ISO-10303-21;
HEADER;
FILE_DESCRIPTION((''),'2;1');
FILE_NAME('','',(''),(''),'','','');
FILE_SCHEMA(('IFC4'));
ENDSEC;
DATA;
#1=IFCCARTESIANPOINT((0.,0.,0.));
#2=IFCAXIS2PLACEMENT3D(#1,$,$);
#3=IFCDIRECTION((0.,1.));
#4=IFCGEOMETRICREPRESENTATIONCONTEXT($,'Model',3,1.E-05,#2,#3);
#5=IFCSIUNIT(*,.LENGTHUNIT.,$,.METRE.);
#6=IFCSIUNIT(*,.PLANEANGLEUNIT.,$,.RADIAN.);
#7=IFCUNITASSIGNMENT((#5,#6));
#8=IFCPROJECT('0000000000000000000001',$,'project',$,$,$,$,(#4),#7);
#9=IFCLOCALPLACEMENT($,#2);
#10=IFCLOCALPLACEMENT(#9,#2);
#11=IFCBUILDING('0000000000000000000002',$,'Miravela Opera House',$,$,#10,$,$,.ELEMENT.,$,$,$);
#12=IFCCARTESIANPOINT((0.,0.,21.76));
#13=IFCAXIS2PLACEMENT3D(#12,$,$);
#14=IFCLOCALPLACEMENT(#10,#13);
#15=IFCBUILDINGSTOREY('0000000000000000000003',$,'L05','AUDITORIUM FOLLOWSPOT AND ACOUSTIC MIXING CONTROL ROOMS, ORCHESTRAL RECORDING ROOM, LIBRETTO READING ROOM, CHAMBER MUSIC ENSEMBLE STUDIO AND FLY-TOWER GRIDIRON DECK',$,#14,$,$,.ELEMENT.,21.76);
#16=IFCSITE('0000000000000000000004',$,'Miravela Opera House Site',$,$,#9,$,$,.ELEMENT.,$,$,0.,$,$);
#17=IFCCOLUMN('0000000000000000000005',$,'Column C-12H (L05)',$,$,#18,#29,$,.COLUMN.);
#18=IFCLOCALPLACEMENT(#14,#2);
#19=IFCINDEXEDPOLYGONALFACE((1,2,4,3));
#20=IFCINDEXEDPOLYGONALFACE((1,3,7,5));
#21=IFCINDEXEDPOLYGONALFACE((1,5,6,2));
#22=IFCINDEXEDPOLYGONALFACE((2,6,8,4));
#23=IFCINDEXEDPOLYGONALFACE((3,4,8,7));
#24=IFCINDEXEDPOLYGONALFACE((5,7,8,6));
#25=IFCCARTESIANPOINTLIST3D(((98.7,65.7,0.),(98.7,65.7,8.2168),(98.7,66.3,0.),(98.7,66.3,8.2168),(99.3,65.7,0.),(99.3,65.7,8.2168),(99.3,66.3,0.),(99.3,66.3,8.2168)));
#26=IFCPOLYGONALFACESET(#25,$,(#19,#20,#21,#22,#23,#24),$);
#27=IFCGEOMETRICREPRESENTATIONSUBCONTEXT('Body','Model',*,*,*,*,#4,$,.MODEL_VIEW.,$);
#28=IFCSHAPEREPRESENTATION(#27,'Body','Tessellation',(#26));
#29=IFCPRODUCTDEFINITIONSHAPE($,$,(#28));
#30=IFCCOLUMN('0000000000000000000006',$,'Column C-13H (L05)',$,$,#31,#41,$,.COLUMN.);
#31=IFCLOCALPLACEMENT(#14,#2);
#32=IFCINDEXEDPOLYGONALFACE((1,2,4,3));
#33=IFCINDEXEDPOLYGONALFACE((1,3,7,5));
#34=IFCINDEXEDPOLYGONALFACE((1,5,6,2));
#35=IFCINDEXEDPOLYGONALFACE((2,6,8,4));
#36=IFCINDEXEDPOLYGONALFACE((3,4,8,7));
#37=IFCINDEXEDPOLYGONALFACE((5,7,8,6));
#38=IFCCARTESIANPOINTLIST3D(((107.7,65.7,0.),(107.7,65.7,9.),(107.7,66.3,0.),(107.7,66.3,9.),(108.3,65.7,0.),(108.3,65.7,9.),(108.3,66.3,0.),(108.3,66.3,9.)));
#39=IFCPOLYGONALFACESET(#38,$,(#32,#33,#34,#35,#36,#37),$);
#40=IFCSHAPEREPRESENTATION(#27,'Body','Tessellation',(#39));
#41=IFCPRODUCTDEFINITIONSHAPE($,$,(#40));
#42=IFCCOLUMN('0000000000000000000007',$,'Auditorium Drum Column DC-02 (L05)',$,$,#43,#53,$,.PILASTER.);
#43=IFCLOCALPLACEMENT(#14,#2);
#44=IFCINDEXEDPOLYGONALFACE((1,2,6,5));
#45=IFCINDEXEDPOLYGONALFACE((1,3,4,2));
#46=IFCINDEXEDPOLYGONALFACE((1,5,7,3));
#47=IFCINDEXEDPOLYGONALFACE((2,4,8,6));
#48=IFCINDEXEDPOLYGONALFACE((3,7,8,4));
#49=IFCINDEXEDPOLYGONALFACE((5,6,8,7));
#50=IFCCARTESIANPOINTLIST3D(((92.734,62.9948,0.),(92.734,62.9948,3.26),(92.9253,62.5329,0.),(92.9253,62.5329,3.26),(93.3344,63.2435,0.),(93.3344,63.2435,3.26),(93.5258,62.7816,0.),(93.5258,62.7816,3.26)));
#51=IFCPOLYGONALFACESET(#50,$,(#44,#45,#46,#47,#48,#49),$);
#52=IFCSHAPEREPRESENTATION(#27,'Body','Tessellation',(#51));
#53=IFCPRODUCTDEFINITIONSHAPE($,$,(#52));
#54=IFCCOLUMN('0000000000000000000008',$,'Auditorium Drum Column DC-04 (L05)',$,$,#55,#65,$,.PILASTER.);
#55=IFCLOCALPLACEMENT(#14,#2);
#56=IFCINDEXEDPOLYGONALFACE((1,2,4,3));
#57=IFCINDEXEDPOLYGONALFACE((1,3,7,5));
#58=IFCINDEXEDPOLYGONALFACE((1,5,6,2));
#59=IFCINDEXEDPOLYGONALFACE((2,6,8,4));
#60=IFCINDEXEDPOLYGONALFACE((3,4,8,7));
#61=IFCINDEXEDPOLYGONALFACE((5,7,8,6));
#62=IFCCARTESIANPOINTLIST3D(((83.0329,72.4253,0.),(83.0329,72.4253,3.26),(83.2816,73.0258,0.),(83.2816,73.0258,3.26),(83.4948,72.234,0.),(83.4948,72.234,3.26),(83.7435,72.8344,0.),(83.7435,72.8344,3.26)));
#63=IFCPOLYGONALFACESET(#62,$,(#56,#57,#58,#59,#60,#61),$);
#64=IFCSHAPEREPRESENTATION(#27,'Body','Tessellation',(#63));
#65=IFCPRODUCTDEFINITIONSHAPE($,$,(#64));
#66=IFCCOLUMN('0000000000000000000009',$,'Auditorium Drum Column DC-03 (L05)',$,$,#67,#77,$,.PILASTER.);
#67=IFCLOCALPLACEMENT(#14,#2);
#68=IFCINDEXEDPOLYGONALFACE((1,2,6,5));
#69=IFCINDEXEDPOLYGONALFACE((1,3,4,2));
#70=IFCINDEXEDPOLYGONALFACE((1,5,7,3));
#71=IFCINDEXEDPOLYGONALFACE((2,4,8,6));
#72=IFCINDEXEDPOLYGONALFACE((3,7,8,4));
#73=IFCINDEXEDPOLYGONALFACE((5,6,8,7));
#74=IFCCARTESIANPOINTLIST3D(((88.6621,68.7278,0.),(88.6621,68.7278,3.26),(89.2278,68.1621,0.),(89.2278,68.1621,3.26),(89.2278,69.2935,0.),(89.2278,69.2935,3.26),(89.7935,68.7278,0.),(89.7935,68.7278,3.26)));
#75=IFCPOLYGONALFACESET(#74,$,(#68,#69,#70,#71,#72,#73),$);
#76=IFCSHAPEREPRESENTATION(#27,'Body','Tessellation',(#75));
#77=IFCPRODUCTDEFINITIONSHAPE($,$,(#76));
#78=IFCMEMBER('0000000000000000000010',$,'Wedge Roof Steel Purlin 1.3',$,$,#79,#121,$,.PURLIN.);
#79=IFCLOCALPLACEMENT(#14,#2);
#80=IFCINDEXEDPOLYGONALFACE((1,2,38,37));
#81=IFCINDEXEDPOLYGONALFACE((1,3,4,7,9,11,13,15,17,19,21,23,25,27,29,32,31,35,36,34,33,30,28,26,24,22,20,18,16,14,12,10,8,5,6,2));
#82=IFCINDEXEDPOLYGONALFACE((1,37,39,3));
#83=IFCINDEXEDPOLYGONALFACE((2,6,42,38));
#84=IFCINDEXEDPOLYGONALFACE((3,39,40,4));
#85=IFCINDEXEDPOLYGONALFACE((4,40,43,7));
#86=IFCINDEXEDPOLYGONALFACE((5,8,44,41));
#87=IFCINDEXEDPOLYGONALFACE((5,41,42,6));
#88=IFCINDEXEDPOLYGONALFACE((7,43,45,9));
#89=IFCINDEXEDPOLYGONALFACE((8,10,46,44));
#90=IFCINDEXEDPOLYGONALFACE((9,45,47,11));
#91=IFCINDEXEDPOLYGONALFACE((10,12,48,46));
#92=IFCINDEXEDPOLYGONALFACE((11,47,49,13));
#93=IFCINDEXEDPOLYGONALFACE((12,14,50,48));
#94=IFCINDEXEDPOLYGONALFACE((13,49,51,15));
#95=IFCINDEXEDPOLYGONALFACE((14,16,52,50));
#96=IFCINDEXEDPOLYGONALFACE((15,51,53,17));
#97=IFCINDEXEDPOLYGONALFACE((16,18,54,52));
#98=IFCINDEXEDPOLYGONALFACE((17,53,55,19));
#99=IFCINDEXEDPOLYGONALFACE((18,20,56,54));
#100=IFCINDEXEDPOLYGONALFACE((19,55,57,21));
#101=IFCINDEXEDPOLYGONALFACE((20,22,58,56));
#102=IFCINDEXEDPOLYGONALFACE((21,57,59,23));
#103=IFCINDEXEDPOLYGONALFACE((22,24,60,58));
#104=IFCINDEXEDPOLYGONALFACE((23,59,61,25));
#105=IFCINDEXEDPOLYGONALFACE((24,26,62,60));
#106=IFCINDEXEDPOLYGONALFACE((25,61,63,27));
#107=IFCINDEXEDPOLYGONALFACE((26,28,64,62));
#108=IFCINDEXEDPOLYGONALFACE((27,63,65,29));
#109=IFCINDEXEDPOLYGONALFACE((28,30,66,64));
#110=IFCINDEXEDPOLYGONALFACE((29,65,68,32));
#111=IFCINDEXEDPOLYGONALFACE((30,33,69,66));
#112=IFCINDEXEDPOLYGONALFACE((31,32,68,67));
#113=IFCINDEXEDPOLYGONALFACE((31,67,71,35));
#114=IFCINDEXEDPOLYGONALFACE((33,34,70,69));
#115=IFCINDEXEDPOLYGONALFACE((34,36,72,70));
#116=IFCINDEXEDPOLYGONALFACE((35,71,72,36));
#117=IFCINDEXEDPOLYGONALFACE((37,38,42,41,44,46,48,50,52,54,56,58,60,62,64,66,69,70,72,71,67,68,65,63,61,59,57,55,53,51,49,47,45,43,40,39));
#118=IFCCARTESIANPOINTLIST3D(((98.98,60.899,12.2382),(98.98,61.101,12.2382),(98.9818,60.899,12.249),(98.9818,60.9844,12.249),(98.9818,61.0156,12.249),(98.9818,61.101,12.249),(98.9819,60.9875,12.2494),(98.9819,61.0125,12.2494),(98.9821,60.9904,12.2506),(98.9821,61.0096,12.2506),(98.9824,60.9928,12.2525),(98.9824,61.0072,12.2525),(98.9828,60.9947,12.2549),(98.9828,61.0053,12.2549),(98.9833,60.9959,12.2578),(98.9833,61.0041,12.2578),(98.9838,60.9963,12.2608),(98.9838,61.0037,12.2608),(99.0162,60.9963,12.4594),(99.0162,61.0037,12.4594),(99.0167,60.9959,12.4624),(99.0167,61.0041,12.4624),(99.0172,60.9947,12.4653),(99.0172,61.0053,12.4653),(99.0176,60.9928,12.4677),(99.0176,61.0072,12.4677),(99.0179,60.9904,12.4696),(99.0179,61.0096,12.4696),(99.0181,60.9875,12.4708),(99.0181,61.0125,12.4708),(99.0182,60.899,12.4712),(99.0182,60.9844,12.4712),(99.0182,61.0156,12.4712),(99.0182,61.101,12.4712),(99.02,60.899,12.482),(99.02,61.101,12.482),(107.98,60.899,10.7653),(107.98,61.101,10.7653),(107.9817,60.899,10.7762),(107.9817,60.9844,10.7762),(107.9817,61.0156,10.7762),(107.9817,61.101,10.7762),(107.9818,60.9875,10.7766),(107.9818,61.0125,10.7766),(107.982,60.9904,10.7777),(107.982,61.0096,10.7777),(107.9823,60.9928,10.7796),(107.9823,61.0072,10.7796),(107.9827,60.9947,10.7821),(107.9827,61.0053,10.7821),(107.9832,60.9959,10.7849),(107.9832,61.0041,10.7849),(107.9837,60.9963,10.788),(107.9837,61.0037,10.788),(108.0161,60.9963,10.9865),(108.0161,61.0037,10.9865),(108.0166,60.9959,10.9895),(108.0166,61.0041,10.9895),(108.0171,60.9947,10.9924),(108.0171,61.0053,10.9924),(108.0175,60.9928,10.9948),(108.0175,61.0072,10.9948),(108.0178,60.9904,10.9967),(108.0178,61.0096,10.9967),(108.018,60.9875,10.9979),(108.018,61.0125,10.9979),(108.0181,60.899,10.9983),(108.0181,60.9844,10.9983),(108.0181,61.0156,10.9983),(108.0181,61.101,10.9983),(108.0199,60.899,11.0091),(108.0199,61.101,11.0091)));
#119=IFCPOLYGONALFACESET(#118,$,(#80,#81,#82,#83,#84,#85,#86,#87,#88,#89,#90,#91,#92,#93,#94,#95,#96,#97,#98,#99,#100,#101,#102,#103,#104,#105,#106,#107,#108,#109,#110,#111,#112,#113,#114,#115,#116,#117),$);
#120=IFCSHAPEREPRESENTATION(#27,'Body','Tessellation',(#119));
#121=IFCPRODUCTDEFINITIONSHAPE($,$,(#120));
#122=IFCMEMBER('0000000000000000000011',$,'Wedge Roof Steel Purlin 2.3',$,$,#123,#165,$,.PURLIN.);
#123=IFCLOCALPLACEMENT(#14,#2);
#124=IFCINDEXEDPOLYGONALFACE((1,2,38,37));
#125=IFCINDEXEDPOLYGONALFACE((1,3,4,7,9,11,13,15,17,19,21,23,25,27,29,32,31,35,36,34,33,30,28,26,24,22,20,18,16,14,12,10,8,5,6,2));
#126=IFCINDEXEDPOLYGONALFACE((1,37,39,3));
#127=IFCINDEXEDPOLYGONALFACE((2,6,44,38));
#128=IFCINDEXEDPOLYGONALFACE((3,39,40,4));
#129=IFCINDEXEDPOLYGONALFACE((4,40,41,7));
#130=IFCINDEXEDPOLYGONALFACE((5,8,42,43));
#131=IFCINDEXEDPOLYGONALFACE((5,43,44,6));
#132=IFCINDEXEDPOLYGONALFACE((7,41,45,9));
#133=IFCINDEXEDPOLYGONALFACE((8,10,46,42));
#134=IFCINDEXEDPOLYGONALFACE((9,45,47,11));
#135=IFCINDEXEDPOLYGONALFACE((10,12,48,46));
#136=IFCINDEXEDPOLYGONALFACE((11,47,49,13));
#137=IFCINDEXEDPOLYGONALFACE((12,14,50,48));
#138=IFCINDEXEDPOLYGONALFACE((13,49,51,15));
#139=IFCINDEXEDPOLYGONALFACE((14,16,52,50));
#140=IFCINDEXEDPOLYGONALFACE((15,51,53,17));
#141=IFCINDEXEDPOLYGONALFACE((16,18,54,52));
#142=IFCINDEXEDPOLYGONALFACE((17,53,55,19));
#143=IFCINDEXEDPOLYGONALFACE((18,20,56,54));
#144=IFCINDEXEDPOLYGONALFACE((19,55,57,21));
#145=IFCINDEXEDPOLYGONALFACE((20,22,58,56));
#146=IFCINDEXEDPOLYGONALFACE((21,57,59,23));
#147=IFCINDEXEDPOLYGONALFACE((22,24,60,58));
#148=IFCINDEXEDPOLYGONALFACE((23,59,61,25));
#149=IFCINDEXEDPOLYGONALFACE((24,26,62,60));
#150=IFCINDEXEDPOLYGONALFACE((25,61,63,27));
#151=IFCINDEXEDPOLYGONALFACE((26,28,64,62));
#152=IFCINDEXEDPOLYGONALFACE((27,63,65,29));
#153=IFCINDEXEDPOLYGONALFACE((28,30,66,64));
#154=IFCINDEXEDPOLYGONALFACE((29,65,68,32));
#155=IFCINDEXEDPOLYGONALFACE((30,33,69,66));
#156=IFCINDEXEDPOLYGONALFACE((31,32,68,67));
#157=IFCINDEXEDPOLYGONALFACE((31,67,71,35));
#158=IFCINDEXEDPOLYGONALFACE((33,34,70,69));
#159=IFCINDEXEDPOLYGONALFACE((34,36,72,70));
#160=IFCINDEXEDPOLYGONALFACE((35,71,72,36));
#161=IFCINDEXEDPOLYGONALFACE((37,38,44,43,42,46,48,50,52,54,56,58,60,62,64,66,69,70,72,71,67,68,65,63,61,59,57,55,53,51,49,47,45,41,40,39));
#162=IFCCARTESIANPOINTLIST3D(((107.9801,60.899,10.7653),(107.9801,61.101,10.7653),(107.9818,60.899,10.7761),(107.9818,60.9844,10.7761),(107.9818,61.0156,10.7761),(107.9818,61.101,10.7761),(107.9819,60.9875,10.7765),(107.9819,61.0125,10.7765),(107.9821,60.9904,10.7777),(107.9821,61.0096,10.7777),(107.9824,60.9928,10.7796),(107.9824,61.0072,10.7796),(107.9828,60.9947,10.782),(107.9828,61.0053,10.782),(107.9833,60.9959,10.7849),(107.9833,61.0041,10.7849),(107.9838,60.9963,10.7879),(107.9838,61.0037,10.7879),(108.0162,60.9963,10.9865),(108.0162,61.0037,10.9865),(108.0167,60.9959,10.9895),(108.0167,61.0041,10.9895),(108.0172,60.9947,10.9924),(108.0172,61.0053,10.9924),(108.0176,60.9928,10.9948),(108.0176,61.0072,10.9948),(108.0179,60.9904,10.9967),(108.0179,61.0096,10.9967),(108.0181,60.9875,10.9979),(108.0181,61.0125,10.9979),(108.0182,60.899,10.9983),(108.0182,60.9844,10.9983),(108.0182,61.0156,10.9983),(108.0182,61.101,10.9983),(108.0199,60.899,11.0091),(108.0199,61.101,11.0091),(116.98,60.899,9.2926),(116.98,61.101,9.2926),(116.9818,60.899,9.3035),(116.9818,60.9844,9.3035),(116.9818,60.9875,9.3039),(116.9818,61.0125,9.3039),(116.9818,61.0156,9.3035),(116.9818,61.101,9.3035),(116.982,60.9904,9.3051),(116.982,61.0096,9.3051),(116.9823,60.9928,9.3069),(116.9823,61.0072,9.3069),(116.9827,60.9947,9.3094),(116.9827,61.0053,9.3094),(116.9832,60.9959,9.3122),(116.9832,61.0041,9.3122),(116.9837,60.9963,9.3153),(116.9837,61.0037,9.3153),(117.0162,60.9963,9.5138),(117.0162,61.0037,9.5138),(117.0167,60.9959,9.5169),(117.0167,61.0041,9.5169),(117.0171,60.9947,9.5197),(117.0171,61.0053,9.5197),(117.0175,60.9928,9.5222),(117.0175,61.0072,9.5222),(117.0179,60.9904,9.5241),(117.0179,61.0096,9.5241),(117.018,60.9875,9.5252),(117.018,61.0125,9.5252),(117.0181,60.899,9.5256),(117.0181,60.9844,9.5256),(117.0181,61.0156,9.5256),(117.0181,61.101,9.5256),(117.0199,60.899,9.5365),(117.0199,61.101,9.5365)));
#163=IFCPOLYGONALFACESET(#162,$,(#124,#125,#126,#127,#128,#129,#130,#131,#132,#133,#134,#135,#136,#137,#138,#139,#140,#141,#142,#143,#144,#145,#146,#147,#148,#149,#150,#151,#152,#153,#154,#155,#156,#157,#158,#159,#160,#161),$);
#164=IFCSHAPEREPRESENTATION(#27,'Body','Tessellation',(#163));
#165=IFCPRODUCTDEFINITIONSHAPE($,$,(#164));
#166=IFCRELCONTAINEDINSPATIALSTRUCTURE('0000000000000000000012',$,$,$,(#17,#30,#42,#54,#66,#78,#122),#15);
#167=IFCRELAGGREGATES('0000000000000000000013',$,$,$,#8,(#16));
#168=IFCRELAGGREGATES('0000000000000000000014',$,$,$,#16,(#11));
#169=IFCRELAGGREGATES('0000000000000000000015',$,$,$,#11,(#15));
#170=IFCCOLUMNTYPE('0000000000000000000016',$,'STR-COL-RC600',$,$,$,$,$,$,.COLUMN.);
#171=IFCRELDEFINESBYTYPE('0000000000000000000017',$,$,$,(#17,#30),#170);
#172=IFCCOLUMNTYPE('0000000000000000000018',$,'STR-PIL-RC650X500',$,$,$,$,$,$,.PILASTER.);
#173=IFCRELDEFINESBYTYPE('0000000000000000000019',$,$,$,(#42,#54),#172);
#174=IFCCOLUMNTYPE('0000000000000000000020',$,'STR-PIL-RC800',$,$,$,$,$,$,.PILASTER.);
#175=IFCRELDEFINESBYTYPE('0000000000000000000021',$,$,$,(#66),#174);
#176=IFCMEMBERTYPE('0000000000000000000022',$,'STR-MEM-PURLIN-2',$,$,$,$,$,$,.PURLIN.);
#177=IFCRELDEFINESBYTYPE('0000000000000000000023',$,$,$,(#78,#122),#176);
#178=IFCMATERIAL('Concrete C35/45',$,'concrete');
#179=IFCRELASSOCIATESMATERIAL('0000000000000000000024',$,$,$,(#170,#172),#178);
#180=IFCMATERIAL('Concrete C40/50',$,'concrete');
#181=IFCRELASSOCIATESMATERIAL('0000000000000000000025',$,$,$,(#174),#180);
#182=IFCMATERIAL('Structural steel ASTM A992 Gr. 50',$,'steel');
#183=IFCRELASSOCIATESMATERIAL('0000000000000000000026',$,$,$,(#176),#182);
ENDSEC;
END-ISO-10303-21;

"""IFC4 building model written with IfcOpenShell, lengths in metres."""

from ifc_helpers import new_model, si_unit, direction, frame, origin, origin_2d, place, context, subcontext, project, spatial, rectangle, i_section, extrude, material, material_profile, profile_set, type_object, element, save


model = new_model("IFC4")

# Units and contexts
model_context = context("Model", 3, precision=1e-05, world=origin(), true_north=direction((0.0, 1.0)))
body_context = subcontext(model_context, "Body", "Model", "MODEL_VIEW")
ifc_project = project(units=[si_unit("LENGTHUNIT", "METRE"), si_unit("PLANEANGLEUNIT", "RADIAN")], contexts=[model_context])

# Site, building, storey
site_placement = place(None, origin())
site = spatial("IfcSite", under=ifc_project, at=site_placement, Name="Miravela Opera House Site", CompositionType="ELEMENT", RefElevation=0.0)
building_placement = place(site_placement, origin())
building = spatial("IfcBuilding", under=site, at=building_placement, Name="Miravela Opera House", CompositionType="ELEMENT")
storey_placement = place(building_placement, frame((0.0, 0.0, 21.76)))
storey = spatial("IfcBuildingStorey", under=building, at=storey_placement, Name="L05", Description="AUDITORIUM FOLLOWSPOT AND ACOUSTIC MIXING CONTROL ROOMS, ORCHESTRAL RECORDING ROOM, LIBRETTO READING ROOM, CHAMBER MUSIC ENSEMBLE STUDIO AND FLY-TOWER GRIDIRON DECK", CompositionType="ELEMENT", Elevation=21.76)

# Columns
ifc_material_1 = material(Name="Concrete C35/45", Category="concrete")
ifc_material_profile_1 = material_profile(ifc_material_1, rectangle(XDim=0.6001, YDim=0.6001, at=origin_2d()), Name="RC-COL-600X600")
ifc_profile_set_1 = profile_set([ifc_material_profile_1])
column_type_1 = type_object("IfcColumnType", Name="STR-COL-RC600", PredefinedType="COLUMN", material=ifc_profile_set_1)
column_1_placement = place(storey_placement, frame((99.0, 66.0, 0.0), z_axis=(0.0, 0.0, 1.0), x_axis=(1.0, 0.0, 0.0)))
element("IfcColumn", 1, at=column_1_placement, inside=storey, type_object=column_type_1, Name="Column C-12H (L05)", PredefinedType="COLUMN", context=body_context, shape_type="SweptSolid", body=[
    extrude(rectangle(XDim=0.6001, YDim=0.6001, at=origin_2d()), origin(), (0.0, 0.0, 1.0), 8.2168),
])
column_2_placement = place(storey_placement, frame((108.0, 66.0, 0.0), z_axis=(0.0, 0.0, 1.0), x_axis=(1.0, 0.0, 0.0)))
element("IfcColumn", 2, at=column_2_placement, inside=storey, type_object=column_type_1, Name="Column C-13H (L05)", PredefinedType="COLUMN", context=body_context, shape_type="SweptSolid", body=[
    extrude(rectangle(XDim=0.6001, YDim=0.6001, at=origin_2d()), origin(), (0.0, 0.0, 1.0), 9.0),
])
ifc_material_profile_2 = material_profile(ifc_material_1, rectangle(XDim=0.6499, YDim=0.5, at=origin_2d()), Name="RC-PIL-650X500")
ifc_profile_set_2 = profile_set([ifc_material_profile_2])
column_type_2 = type_object("IfcColumnType", Name="STR-PIL-RC650X500", PredefinedType="PILASTER", material=ifc_profile_set_2)
for number, where, z_axis, x_axis, name in (
    (3, (93.1299, 62.8882, 0.0), (0.0, 0.0, 1.0), (0.92388, 0.382683, 0.0), "Auditorium Drum Column DC-02 (L05)"),
    (4, (83.3882, 72.6299, 0.0), (0.0, 0.0, 1.0), (0.382683, 0.92388, 0.0), "Auditorium Drum Column DC-04 (L05)"),
):
    element("IfcColumn", number, at=place(storey_placement, frame(where, z_axis=z_axis, x_axis=x_axis)), inside=storey, type_object=column_type_2, Name=name, PredefinedType="PILASTER", context=body_context, shape_type="SweptSolid", body=[
        extrude(rectangle(XDim=0.6499, YDim=0.5, at=origin_2d()), origin(), (0.0, 0.0, 1.0), 3.26),
    ])
ifc_material_2 = material(Name="Concrete C40/50", Category="concrete")
ifc_material_profile_3 = material_profile(ifc_material_2, rectangle(XDim=0.8, YDim=0.8, at=origin_2d()), Name="RC-COL-800X800")
ifc_profile_set_3 = profile_set([ifc_material_profile_3])
column_type_3 = type_object("IfcColumnType", Name="STR-PIL-RC800", PredefinedType="PILASTER", material=ifc_profile_set_3)
column_3_placement = place(storey_placement, frame((89.2278, 68.7278, 0.0), z_axis=(0.0, 0.0, 1.0), x_axis=(0.707107, 0.707107, 0.0)))
element("IfcColumn", 5, at=column_3_placement, inside=storey, type_object=column_type_3, Name="Auditorium Drum Column DC-03 (L05)", PredefinedType="PILASTER", context=body_context, shape_type="SweptSolid", body=[
    extrude(rectangle(XDim=0.8, YDim=0.8, at=origin_2d()), origin(), (0.0, 0.0, 1.0), 3.26),
])

# Members
ifc_material_3 = material(Name="Structural steel ASTM A992 Gr. 50", Category="steel")
ifc_material_profile_4 = material_profile(ifc_material_3, i_section(OverallWidth=0.2019, OverallDepth=0.2471, WebThickness=0.0073, FlangeThickness=0.011, FilletRadius=0.012, at=origin_2d()), Name="W250X49")
ifc_profile_set_4 = profile_set([ifc_material_profile_4])
member_type_1 = type_object("IfcMemberType", Name="STR-MEM-PURLIN-2", PredefinedType="PURLIN", material=ifc_profile_set_4)
for number, where, z_axis, x_axis, name in (
    (6, (99.0, 61.0, 12.3601), (0.986872, 0.0, -0.161507), (0.0, 1.0, 0.0), "Wedge Roof Steel Purlin 1.3"),
    (7, (108.0, 61.0, 10.8872), (0.986876, 0.0, -0.161481), (0.0, 1.0, 0.0), "Wedge Roof Steel Purlin 2.3"),
):
    element("IfcMember", number, at=place(storey_placement, frame(where, z_axis=z_axis, x_axis=x_axis)), inside=storey, type_object=member_type_1, Name=name, PredefinedType="PURLIN", context=body_context, shape_type="SweptSolid", body=[
        extrude(i_section(OverallWidth=0.2019, OverallDepth=0.2471, WebThickness=0.0073, FlangeThickness=0.011, FilletRadius=0.012, at=origin_2d()), origin(), (0.0, 0.0, 1.0), 9.1196),
    ])

save(model, "model.ifc")
